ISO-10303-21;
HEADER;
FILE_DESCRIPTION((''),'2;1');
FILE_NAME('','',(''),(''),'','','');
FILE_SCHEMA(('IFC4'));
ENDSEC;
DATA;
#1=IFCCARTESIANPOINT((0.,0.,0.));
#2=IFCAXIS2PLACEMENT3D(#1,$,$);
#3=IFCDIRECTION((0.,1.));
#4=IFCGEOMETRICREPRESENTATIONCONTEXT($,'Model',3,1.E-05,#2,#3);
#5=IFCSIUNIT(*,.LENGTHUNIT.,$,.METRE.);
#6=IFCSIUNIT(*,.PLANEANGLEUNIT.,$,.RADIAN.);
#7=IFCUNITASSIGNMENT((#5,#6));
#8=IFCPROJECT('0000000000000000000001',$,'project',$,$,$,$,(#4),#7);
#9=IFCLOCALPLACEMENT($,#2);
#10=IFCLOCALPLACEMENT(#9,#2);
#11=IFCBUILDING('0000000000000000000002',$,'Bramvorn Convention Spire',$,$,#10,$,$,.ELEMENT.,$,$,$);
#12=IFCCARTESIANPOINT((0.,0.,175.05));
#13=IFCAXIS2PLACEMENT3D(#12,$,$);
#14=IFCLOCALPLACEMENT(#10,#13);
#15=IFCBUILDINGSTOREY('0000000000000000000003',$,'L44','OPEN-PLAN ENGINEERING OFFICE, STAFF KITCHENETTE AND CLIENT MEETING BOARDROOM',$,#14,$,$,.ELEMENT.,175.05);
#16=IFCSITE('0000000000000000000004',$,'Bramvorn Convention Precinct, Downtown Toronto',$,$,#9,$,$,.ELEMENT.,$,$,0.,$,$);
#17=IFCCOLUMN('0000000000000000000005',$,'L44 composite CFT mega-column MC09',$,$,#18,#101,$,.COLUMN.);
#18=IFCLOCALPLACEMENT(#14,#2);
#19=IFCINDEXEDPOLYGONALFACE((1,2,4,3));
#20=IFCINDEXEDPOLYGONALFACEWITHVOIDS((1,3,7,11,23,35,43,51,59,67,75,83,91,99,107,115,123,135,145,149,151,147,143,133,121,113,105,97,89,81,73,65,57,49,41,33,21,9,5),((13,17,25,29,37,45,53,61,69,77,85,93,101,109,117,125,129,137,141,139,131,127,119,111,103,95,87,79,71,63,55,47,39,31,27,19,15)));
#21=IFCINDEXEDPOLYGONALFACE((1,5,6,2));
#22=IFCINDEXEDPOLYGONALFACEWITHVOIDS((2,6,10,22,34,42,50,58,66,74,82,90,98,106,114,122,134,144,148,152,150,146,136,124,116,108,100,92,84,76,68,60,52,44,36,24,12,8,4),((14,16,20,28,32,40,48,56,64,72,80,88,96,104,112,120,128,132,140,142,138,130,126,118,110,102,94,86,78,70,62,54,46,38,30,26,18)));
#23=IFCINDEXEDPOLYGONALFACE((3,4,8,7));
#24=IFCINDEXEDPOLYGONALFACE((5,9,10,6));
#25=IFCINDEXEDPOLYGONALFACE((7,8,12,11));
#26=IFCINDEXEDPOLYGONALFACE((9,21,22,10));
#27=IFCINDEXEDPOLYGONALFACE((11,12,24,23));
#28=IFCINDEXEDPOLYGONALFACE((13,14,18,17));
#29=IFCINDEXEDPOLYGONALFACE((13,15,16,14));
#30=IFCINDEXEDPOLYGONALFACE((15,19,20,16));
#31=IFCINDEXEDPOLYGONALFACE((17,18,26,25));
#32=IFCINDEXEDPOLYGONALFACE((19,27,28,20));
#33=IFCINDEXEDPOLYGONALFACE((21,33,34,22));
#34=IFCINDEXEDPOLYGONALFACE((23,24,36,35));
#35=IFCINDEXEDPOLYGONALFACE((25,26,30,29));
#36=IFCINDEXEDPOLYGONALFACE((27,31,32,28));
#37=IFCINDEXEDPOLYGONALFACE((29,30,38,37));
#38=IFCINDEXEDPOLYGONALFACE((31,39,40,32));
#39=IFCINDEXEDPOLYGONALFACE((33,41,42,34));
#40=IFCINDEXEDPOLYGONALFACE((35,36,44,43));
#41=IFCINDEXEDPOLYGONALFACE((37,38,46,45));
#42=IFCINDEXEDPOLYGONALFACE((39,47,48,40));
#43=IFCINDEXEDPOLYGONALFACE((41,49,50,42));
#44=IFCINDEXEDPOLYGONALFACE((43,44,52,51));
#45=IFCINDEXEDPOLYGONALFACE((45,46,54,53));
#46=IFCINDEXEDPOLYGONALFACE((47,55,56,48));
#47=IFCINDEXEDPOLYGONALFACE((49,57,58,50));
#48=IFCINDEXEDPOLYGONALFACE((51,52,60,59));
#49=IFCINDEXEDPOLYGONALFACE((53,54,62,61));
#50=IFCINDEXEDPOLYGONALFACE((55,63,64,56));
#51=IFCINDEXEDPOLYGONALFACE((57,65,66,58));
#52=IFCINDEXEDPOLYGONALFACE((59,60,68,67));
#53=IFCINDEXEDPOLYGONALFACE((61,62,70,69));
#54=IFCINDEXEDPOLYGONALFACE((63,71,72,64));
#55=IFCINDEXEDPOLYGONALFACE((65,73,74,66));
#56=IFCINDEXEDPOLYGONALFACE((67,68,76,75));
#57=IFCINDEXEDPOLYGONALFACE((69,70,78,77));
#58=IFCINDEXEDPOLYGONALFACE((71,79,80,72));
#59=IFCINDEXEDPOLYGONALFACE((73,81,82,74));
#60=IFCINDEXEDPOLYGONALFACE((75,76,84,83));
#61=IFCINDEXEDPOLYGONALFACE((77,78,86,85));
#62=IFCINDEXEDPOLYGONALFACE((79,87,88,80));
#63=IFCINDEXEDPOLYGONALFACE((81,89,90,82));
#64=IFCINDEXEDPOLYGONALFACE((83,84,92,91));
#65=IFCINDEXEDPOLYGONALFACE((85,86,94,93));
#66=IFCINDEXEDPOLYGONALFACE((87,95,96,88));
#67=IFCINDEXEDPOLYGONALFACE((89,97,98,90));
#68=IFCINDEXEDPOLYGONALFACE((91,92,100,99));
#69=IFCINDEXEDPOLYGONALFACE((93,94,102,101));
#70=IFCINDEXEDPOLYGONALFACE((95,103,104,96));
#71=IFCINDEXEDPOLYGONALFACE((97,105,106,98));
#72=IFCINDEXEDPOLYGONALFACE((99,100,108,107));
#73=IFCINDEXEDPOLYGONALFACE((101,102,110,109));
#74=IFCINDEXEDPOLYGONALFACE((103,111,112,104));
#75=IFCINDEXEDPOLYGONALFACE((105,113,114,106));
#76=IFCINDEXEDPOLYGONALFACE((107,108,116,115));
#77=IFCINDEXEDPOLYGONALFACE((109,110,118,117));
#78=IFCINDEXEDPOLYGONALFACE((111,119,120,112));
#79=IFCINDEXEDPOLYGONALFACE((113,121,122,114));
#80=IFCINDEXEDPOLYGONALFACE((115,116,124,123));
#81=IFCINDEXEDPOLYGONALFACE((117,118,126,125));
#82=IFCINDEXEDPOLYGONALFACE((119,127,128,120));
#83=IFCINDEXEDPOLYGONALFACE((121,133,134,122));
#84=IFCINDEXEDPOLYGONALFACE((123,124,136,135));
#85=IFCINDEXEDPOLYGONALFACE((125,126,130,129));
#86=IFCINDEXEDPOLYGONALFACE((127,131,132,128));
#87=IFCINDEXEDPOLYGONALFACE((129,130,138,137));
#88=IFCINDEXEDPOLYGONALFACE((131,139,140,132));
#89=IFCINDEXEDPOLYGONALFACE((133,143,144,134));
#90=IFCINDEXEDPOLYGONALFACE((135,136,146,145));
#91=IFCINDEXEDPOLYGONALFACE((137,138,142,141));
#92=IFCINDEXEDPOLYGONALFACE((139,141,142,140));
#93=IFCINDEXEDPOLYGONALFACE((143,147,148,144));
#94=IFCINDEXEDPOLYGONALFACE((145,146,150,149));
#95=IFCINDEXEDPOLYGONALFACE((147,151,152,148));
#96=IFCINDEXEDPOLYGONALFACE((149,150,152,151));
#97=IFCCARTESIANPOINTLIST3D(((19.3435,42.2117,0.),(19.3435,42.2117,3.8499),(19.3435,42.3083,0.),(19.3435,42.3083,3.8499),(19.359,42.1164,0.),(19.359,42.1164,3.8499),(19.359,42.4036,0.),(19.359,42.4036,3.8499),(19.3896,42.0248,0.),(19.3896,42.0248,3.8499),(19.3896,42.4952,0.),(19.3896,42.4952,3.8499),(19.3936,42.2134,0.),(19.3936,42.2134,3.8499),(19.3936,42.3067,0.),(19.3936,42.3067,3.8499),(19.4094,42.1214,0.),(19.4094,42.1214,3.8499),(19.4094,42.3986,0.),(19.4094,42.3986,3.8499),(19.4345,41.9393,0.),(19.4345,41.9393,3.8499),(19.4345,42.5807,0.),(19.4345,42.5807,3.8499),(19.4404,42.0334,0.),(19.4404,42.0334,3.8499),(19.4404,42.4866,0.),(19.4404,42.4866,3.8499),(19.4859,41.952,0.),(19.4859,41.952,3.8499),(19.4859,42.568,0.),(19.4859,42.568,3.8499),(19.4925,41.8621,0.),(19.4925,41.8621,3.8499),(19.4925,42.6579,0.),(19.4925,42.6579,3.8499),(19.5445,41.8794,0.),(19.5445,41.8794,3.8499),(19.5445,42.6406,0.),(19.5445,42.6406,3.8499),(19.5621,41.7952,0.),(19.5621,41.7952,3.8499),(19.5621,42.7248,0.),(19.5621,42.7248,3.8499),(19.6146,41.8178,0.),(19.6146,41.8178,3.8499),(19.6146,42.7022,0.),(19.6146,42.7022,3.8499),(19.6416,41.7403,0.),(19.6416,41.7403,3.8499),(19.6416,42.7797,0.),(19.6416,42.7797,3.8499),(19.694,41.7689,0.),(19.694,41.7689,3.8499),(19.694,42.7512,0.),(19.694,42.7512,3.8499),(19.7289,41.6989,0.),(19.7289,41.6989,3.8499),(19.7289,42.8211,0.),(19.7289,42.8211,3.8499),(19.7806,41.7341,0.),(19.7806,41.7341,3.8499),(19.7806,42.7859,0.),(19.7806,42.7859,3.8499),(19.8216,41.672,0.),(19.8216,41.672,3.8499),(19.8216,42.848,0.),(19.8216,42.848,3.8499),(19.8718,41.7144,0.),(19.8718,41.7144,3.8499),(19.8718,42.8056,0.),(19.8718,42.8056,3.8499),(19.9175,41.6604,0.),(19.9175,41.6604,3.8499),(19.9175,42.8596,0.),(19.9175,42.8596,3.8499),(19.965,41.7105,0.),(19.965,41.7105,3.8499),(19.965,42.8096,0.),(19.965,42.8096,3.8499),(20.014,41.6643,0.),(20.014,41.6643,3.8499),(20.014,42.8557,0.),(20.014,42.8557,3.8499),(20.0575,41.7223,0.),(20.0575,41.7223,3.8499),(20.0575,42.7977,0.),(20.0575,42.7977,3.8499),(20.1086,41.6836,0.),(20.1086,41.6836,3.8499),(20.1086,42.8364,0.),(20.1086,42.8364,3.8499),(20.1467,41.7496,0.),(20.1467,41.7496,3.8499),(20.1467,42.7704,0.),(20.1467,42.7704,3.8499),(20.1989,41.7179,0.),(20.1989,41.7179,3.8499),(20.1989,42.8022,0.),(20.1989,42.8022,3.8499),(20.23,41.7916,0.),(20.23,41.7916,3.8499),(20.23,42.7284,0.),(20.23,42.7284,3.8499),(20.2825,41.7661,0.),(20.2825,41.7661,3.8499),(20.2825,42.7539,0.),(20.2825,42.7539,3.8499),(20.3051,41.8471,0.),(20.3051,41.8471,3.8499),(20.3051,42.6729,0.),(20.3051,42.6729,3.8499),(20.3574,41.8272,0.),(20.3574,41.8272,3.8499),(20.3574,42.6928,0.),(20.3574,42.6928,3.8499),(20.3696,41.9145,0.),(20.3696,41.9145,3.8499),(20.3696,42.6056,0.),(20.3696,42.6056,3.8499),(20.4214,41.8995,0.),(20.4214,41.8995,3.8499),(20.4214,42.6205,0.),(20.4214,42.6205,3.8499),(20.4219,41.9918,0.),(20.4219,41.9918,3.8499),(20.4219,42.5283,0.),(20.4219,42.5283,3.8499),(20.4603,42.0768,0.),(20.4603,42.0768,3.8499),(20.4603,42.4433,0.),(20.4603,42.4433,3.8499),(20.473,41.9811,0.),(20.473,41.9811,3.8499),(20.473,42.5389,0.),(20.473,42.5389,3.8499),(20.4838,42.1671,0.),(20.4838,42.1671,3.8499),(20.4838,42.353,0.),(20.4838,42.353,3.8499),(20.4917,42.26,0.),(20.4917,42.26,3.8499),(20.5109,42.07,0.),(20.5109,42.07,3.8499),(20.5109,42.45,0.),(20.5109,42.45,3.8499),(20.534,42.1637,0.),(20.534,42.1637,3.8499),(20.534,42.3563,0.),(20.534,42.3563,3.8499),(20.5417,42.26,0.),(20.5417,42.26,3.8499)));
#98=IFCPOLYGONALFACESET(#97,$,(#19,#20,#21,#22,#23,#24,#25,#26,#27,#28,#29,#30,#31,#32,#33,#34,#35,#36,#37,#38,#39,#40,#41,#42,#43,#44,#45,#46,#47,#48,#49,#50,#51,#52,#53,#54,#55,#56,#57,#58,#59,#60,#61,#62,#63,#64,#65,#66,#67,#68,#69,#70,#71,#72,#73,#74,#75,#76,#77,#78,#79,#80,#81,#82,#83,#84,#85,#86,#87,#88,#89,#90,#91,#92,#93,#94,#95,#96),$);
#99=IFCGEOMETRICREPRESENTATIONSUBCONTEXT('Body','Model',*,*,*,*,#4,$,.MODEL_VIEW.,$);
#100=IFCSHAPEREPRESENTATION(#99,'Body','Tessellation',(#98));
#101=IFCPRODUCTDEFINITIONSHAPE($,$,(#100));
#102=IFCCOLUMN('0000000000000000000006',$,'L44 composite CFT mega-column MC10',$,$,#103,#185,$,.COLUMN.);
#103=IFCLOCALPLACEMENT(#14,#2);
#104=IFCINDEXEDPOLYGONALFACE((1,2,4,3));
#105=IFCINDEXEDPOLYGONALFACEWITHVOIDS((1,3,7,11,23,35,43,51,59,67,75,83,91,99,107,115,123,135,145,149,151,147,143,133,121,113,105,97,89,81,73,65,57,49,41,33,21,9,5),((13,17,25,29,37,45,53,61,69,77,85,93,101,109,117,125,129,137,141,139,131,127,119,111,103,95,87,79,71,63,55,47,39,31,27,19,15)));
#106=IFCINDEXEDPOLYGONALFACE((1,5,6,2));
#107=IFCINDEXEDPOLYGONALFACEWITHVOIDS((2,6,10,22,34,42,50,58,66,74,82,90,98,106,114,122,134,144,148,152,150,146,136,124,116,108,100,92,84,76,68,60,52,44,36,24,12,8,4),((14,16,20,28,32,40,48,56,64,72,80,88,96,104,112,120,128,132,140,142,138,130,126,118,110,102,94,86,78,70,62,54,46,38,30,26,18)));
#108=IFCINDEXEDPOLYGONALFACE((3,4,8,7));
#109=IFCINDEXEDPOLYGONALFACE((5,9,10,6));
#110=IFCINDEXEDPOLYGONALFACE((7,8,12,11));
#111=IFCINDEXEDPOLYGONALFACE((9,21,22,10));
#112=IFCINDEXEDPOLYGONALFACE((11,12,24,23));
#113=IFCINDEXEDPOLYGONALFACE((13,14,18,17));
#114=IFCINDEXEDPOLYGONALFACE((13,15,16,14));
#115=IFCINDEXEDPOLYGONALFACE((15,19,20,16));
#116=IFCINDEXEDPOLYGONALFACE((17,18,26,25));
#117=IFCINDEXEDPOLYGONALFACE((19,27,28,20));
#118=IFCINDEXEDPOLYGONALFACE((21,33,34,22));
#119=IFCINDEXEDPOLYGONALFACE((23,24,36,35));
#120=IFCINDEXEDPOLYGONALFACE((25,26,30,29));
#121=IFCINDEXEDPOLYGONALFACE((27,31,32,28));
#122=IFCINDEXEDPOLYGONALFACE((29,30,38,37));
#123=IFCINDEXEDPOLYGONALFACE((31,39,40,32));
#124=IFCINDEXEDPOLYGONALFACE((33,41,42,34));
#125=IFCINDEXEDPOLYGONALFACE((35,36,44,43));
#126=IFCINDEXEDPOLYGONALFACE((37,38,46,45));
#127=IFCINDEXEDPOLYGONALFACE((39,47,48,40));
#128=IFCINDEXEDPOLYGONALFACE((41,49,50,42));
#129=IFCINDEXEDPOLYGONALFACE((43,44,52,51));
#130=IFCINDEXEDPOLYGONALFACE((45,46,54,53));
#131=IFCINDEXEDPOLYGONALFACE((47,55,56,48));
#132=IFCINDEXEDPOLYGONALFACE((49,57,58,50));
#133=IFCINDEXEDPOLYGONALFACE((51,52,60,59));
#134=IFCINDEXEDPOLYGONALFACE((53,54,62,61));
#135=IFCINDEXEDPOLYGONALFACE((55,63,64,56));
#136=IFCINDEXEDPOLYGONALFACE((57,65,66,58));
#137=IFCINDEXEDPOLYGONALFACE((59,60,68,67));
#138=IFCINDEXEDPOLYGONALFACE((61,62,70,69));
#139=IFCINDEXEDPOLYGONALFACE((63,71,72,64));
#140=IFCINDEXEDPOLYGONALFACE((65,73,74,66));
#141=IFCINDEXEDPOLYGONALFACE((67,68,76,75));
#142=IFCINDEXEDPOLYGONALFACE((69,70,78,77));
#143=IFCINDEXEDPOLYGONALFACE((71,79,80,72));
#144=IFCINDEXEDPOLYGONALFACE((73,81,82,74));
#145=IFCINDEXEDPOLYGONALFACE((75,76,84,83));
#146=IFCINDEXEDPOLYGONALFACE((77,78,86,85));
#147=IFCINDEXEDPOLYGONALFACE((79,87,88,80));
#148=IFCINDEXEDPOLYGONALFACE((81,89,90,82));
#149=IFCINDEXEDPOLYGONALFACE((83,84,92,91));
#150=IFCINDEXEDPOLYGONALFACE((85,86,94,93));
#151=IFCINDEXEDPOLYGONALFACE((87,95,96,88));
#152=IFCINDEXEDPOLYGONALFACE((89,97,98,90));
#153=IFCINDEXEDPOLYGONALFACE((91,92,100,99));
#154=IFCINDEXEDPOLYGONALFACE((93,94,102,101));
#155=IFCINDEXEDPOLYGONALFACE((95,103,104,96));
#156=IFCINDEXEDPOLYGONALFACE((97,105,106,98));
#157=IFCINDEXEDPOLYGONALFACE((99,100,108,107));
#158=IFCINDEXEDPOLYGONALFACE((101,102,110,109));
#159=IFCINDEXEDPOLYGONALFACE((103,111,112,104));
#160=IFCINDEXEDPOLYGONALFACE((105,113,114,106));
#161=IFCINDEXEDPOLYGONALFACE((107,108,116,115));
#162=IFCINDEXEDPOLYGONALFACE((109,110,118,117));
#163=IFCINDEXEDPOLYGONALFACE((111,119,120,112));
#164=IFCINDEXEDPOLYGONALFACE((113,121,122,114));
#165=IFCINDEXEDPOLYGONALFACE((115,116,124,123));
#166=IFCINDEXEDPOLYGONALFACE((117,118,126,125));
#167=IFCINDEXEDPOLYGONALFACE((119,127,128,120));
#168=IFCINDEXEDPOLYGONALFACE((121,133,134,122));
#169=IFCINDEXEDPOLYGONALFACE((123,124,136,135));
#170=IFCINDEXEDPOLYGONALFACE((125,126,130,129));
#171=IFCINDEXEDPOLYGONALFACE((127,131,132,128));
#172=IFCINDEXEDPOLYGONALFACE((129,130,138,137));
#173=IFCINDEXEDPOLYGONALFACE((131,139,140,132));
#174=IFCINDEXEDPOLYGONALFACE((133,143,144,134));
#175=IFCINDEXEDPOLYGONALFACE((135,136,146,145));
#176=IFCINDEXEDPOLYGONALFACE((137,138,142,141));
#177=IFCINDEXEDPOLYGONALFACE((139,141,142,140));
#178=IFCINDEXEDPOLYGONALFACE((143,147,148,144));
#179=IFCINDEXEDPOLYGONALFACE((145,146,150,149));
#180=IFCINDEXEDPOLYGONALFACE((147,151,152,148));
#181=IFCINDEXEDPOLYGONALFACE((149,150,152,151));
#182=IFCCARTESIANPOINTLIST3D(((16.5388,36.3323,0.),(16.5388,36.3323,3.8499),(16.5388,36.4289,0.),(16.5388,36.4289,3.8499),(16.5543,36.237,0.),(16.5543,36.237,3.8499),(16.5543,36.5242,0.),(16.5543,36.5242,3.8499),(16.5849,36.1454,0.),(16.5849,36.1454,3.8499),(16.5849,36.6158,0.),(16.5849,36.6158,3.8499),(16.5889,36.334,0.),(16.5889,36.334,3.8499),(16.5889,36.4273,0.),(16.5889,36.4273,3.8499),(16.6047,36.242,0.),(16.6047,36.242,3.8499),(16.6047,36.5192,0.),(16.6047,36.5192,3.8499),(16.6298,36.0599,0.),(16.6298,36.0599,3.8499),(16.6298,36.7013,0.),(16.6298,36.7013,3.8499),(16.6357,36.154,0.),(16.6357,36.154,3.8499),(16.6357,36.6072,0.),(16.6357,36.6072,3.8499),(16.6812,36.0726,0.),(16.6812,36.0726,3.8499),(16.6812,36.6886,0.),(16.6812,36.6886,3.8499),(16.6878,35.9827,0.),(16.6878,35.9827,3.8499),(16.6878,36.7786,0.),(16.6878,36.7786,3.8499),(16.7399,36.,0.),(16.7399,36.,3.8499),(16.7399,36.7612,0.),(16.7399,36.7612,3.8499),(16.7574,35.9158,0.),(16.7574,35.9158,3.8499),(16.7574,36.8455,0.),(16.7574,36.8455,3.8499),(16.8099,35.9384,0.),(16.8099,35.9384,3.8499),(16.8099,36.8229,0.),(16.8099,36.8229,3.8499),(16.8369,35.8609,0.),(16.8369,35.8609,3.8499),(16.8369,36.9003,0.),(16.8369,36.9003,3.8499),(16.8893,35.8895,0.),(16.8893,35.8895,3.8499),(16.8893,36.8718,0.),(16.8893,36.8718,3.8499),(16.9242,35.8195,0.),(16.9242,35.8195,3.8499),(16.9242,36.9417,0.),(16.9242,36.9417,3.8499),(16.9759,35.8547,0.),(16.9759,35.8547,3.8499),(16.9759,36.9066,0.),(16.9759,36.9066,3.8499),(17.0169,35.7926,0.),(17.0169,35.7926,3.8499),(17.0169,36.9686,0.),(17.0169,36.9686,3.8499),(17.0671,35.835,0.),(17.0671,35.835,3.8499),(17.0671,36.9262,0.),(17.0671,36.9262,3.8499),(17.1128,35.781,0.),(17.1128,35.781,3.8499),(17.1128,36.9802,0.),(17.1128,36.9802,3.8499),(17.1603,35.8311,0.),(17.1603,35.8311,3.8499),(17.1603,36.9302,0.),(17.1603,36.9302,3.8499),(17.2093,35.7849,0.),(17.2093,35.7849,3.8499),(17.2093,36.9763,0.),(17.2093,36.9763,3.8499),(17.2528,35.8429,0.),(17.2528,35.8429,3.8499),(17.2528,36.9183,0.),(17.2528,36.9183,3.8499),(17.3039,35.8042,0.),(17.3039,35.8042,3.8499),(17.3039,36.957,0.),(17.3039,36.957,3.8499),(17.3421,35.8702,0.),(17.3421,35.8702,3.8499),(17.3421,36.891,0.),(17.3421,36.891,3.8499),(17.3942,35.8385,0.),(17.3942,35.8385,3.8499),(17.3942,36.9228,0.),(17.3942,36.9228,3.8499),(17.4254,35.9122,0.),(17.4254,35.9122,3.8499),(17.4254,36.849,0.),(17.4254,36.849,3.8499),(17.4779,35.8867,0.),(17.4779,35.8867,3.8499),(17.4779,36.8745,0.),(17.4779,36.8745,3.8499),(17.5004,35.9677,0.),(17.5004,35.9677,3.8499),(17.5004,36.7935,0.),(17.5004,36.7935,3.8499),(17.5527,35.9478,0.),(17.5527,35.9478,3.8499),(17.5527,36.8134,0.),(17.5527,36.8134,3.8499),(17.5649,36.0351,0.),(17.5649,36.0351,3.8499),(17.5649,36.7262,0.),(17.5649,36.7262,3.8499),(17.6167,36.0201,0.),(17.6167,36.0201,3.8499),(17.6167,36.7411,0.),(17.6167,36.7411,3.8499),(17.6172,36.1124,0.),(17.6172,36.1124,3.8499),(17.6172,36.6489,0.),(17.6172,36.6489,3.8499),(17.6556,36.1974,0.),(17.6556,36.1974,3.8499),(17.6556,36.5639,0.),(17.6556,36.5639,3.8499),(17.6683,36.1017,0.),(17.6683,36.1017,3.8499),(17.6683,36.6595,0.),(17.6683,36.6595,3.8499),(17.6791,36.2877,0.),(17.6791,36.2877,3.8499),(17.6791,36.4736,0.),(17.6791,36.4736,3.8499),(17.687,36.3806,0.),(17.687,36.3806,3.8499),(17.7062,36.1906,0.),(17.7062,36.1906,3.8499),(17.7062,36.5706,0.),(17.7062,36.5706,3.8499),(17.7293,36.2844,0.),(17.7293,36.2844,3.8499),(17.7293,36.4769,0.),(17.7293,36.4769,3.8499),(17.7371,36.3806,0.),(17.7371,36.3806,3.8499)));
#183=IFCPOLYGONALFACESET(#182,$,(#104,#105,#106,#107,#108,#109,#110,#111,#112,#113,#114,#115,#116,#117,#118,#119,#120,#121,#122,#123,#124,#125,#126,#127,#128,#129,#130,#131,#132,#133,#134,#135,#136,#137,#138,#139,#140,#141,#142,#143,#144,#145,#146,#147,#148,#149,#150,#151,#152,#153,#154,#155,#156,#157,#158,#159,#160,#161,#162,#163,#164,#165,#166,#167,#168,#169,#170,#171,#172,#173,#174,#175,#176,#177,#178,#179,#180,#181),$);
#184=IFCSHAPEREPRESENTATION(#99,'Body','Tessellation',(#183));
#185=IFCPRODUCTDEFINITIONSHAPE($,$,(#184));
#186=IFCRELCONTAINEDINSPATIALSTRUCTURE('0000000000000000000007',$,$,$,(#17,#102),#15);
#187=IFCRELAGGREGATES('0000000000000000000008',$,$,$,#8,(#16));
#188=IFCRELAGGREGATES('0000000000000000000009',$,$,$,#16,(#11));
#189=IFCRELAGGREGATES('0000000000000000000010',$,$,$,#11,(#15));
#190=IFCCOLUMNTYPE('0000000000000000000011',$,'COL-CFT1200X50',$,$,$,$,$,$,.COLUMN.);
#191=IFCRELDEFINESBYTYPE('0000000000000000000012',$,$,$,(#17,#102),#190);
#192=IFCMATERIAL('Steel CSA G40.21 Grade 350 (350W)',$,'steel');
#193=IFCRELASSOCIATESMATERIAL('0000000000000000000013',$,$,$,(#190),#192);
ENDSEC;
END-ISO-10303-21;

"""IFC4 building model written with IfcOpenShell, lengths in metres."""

from ifc_helpers import new_model, si_unit, direction, frame, origin, origin_2d, place, context, subcontext, project, spatial, hollow_circle, extrude, material, material_profile, profile_set, type_object, element, save


model = new_model("IFC4")

# Units and contexts
model_context = context("Model", 3, precision=1e-05, world=origin(), true_north=direction((0.0, 1.0)))
body_context = subcontext(model_context, "Body", "Model", "MODEL_VIEW")
ifc_project = project(units=[si_unit("LENGTHUNIT", "METRE"), si_unit("PLANEANGLEUNIT", "RADIAN")], contexts=[model_context])

# Site, building, storey
site_placement = place(None, origin())
site = spatial("IfcSite", under=ifc_project, at=site_placement, Name="Bramvorn Convention Precinct, Downtown Toronto", CompositionType="ELEMENT", RefElevation=0.0)
building_placement = place(site_placement, origin())
building = spatial("IfcBuilding", under=site, at=building_placement, Name="Bramvorn Convention Spire", CompositionType="ELEMENT")
storey_placement = place(building_placement, frame((0.0, 0.0, 175.05)))
storey = spatial("IfcBuildingStorey", under=building, at=storey_placement, Name="L44", Description="OPEN-PLAN ENGINEERING OFFICE, STAFF KITCHENETTE AND CLIENT MEETING BOARDROOM", CompositionType="ELEMENT", Elevation=175.05)

# Columns
ifc_material_1 = material(Name="Steel CSA G40.21 Grade 350 (350W)", Category="steel")
ifc_material_profile_1 = material_profile(ifc_material_1, hollow_circle(Radius=0.6001, WallThickness=0.05, at=origin_2d()))
ifc_profile_set_1 = profile_set([ifc_material_profile_1], Name="Steel CSA G40.21 Grade 350 (350W) - CFT1200X50")
column_type = type_object("IfcColumnType", Name="COL-CFT1200X50", PredefinedType="COLUMN", material=ifc_profile_set_1)
for number, where, z_axis, x_axis, name in (
    (1, (19.9417, 42.26, 0.0), (0.0, 0.0, 1.0), (1.0, 0.0, 0.0), "L44 composite CFT mega-column MC09"),
    (2, (17.137, 36.3806, 0.0), (0.0, 0.0, 1.0), (1.0, 0.0, 0.0), "L44 composite CFT mega-column MC10"),
):
    element("IfcColumn", number, at=place(storey_placement, frame(where, z_axis=z_axis, x_axis=x_axis)), inside=storey, type_object=column_type, Name=name, PredefinedType="COLUMN", context=body_context, shape_type="SweptSolid", body=[
        extrude(hollow_circle(Radius=0.6001, WallThickness=0.05, at=origin_2d()), origin(), (0.0, 0.0, 1.0), 3.8499),
    ])

save(model, "model.ifc")
